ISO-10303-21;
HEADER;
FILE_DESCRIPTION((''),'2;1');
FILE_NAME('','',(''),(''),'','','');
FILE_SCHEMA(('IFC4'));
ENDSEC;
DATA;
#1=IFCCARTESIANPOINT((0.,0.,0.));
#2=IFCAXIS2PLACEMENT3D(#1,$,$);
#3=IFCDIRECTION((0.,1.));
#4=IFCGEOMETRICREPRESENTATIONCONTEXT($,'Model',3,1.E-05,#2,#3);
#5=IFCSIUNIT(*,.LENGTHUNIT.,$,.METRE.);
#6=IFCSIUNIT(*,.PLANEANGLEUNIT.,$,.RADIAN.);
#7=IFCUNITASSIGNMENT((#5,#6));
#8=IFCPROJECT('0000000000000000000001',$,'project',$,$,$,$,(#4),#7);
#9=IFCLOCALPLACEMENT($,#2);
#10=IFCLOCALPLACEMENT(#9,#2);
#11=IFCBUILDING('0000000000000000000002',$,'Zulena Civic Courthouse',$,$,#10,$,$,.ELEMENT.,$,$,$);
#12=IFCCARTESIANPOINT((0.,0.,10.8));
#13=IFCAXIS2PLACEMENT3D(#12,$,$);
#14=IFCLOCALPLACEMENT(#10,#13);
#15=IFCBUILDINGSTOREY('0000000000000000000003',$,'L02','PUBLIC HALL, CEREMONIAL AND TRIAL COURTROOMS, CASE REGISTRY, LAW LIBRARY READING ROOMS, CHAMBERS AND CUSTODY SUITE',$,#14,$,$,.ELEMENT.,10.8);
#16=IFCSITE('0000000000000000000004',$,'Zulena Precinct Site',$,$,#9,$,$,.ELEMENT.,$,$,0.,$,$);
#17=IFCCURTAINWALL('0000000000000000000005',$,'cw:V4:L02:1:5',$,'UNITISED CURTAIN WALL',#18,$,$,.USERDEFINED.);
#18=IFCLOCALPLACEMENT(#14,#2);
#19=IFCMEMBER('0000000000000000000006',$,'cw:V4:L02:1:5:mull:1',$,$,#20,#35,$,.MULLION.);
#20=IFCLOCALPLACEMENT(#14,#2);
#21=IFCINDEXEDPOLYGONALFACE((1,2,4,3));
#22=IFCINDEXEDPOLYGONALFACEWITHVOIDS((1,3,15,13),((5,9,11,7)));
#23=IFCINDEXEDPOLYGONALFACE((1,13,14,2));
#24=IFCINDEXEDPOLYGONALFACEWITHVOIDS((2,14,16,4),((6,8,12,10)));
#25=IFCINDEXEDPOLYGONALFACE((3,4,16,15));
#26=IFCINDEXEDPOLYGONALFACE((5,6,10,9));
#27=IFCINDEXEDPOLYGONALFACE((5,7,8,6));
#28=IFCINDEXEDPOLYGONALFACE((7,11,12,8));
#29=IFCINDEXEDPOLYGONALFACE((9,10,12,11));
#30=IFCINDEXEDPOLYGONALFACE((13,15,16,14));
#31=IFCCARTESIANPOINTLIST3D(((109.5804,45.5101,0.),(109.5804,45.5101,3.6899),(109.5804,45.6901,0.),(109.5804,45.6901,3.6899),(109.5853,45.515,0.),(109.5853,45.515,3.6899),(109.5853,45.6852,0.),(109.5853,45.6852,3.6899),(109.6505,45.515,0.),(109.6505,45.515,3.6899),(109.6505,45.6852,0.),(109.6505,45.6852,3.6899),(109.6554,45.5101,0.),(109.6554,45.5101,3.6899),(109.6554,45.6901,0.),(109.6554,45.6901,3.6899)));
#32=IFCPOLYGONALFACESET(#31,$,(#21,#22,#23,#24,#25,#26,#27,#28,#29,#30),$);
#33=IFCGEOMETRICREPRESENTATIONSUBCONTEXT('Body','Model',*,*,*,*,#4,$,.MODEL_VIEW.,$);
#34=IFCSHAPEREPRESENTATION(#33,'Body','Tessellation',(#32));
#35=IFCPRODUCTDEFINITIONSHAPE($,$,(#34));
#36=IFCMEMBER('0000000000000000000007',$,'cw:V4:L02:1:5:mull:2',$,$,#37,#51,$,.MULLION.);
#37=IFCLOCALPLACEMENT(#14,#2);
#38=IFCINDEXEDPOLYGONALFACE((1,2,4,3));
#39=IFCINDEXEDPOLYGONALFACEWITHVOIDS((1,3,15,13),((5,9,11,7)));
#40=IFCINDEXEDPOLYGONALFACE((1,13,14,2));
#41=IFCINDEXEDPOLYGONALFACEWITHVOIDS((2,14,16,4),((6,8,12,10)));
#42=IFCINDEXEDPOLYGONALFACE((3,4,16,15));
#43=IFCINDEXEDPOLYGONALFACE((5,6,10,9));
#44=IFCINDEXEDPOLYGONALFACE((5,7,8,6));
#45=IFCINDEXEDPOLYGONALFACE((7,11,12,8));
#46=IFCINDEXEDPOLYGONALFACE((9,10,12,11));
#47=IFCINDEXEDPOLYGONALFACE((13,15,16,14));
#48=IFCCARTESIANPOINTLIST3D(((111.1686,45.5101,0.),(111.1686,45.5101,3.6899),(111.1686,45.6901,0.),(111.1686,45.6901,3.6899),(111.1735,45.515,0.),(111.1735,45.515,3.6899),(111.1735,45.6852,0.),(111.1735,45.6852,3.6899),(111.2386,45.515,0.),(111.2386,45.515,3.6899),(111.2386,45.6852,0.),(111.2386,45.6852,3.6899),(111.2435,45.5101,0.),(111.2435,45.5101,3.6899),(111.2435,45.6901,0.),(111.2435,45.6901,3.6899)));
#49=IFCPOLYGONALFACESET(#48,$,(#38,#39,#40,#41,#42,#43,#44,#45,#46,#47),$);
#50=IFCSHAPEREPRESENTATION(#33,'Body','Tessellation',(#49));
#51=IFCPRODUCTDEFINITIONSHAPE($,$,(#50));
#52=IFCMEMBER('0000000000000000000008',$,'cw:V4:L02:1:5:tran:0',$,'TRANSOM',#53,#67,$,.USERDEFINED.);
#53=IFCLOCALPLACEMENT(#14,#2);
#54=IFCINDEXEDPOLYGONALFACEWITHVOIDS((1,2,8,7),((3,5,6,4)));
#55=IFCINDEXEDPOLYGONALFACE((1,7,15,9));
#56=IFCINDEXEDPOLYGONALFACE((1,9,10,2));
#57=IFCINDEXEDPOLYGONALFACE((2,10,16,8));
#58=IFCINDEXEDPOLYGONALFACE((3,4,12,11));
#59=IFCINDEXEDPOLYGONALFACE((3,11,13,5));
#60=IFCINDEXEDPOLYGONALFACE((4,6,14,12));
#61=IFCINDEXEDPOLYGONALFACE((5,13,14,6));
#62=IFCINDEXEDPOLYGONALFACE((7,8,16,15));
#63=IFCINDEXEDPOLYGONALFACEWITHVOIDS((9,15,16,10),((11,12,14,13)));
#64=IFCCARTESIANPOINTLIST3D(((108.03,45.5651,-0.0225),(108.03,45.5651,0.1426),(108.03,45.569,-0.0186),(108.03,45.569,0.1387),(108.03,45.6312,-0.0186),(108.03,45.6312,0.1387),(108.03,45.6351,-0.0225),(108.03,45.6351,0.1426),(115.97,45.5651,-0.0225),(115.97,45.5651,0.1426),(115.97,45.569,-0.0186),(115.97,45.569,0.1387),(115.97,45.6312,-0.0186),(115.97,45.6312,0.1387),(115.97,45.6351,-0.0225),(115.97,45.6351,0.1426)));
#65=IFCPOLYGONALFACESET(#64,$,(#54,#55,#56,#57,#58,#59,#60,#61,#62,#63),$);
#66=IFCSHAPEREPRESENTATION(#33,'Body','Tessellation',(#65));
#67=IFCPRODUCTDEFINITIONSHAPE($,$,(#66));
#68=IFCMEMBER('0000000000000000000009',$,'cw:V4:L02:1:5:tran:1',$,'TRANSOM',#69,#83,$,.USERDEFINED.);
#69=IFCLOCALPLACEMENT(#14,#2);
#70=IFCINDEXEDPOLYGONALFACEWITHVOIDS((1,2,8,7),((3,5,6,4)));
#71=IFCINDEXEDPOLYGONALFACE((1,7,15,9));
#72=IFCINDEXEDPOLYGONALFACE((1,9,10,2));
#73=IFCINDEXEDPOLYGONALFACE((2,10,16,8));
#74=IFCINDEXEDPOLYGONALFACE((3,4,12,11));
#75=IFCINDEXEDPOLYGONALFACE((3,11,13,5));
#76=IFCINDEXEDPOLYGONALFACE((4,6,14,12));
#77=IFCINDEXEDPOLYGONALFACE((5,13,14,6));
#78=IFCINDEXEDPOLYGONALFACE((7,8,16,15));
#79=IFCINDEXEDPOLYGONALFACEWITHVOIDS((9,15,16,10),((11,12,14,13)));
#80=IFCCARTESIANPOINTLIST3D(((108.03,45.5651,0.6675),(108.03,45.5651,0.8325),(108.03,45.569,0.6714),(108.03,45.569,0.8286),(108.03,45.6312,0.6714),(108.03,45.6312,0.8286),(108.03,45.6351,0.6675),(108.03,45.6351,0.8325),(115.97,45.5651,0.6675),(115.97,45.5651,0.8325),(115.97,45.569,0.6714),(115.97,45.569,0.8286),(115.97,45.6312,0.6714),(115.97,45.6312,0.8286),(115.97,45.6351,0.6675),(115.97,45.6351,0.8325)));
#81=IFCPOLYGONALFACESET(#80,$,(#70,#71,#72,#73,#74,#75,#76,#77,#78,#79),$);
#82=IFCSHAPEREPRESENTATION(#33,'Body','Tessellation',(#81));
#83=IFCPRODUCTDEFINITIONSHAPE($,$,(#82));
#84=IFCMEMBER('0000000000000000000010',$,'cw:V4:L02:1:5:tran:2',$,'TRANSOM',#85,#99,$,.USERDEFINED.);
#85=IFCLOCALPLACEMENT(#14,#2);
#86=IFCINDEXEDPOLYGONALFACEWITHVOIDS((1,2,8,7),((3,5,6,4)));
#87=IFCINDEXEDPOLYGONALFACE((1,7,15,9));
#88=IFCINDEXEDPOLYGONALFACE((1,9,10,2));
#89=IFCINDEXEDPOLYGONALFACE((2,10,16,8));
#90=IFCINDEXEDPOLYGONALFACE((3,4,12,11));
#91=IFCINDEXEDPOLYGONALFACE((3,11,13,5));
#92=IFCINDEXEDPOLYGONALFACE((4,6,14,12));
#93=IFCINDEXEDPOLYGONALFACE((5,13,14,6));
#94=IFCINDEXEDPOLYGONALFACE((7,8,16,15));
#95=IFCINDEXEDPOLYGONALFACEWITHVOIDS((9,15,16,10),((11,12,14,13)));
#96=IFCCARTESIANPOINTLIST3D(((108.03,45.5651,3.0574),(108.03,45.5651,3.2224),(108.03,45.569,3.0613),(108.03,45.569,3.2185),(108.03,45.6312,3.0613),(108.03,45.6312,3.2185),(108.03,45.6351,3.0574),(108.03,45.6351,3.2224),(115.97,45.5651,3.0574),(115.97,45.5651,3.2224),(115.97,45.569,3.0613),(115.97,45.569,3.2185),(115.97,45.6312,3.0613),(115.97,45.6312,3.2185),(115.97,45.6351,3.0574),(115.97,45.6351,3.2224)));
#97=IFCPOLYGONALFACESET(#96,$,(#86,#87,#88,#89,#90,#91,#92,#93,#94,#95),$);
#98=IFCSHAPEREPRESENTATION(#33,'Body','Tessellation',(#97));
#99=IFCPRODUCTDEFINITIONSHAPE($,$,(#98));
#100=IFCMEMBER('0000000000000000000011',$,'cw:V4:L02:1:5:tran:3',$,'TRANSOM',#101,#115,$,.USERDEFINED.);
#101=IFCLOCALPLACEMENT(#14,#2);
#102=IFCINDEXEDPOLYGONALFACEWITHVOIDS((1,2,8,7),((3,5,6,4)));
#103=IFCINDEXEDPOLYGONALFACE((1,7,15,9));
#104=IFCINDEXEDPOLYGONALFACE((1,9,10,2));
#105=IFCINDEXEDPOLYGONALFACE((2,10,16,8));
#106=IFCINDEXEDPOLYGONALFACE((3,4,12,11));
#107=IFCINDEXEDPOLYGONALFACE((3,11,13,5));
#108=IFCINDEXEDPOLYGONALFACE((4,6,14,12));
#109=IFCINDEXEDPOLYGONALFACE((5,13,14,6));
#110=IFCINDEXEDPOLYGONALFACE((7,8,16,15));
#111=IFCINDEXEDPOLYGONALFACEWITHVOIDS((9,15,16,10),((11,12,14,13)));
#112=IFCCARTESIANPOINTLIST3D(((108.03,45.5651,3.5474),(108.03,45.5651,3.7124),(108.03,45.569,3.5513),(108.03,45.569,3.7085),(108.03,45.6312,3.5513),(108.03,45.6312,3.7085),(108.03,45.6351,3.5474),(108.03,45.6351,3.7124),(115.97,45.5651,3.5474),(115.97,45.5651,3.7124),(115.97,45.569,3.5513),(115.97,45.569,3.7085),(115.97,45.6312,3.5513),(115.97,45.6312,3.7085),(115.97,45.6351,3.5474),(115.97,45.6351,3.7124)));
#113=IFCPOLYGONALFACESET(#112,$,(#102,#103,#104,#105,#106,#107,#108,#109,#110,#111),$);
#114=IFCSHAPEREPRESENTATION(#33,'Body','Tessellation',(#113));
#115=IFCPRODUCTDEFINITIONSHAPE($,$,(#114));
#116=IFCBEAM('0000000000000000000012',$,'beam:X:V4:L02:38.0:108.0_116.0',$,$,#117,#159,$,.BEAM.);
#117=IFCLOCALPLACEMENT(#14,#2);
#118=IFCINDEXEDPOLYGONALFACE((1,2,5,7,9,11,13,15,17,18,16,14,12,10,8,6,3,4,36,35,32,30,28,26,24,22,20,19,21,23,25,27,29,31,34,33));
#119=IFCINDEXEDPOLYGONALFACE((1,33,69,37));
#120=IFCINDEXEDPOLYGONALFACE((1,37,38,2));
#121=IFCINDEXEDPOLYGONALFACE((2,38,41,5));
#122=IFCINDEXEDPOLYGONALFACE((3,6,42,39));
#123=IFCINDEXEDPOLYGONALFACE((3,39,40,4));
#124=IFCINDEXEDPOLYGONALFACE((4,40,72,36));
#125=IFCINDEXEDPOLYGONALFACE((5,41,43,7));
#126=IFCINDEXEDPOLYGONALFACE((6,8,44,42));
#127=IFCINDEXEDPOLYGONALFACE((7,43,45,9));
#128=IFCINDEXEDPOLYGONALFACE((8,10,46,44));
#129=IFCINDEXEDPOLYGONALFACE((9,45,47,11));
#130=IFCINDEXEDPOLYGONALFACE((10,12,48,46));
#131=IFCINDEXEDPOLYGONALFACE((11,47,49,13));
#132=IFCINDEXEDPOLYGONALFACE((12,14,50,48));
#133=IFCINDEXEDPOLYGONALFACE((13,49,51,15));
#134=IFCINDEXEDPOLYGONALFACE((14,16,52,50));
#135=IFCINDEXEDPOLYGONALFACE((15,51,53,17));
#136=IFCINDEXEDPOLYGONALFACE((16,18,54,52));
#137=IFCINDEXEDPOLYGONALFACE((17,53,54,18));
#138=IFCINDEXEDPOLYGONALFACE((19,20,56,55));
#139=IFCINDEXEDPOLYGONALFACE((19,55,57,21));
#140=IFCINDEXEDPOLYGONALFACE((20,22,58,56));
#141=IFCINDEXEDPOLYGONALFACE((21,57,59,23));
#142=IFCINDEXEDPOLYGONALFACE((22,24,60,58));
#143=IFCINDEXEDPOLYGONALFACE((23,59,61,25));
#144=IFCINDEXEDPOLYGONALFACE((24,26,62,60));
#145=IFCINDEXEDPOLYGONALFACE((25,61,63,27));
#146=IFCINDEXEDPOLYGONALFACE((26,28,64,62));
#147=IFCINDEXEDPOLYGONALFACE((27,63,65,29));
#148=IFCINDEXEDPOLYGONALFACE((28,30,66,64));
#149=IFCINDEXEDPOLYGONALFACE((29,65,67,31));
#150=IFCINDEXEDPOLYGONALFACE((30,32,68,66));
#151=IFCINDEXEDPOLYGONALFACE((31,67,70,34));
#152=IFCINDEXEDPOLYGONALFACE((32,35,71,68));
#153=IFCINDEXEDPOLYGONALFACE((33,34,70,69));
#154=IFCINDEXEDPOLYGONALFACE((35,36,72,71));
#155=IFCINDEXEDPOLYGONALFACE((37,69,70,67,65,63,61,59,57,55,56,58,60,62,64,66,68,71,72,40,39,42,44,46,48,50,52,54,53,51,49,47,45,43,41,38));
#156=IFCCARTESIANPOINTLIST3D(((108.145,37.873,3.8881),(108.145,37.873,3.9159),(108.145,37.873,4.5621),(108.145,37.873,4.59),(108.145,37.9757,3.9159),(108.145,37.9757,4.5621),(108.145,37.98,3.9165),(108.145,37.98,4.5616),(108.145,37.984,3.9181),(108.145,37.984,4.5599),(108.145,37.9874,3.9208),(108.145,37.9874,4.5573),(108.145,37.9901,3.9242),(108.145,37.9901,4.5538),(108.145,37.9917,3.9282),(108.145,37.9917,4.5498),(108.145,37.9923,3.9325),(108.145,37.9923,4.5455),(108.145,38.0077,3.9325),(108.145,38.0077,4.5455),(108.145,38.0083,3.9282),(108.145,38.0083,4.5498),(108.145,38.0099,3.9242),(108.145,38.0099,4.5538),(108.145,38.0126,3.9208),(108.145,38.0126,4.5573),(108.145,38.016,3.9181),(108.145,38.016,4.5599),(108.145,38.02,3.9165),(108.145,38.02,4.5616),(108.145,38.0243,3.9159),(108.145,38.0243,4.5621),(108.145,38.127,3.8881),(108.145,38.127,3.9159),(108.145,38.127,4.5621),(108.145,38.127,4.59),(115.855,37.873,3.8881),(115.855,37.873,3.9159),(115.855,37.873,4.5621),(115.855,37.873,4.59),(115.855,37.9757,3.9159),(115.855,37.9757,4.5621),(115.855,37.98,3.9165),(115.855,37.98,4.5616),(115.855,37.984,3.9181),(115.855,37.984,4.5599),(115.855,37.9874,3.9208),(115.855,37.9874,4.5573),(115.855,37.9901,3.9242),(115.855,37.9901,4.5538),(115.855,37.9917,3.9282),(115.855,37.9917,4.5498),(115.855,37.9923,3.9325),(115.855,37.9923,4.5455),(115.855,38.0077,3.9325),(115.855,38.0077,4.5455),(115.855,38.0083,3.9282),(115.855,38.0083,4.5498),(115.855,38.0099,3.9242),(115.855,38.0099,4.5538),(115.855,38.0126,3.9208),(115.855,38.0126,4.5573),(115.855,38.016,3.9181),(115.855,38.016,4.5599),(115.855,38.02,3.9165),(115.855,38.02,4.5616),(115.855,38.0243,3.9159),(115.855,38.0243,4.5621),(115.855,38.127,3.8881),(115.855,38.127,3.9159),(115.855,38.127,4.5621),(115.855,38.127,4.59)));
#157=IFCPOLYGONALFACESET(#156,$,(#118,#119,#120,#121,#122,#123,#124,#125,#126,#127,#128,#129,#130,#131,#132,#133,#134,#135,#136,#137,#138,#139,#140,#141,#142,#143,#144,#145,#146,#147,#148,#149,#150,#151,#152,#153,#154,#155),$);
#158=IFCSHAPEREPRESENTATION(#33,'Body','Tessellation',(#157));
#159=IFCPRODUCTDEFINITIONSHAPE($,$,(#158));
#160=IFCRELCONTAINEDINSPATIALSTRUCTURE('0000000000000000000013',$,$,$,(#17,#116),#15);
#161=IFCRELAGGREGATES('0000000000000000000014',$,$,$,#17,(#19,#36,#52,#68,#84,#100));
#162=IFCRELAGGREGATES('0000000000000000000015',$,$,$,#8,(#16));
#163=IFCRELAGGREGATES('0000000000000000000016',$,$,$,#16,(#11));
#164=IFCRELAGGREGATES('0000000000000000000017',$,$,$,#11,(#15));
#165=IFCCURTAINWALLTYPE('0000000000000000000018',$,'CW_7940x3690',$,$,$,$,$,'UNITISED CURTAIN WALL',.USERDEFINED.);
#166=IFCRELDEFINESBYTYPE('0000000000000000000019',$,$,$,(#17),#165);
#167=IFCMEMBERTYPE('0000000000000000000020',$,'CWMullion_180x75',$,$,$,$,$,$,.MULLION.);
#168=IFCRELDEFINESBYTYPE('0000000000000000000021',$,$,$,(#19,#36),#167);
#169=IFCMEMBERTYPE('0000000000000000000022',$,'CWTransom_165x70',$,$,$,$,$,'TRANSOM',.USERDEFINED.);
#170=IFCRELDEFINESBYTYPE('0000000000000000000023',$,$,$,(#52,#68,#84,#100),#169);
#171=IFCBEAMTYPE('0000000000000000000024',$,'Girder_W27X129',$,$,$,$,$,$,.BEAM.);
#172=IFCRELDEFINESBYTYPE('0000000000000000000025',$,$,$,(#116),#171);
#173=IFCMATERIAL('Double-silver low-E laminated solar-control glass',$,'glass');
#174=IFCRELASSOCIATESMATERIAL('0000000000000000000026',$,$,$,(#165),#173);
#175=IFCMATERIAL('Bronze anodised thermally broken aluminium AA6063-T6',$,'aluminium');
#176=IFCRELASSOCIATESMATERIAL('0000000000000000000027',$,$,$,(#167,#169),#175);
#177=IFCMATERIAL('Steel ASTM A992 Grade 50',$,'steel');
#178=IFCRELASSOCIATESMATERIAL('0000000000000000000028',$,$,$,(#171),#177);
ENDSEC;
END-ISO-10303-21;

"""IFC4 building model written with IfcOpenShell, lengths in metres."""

from ifc_helpers import new_model, si_unit, direction, frame, origin, origin_2d, place, context, subcontext, project, spatial, hollow_rectangle, i_section, extrude, material, material_profile, profile_set, type_object, element, aggregate, save


model = new_model("IFC4")

# Units and contexts
model_context = context("Model", 3, precision=1e-05, world=origin(), true_north=direction((0.0, 1.0)))
body_context = subcontext(model_context, "Body", "Model", "MODEL_VIEW")
ifc_project = project(units=[si_unit("LENGTHUNIT", "METRE"), si_unit("PLANEANGLEUNIT", "RADIAN")], contexts=[model_context])

# Site, building, storey
site_placement = place(None, origin())
site = spatial("IfcSite", under=ifc_project, at=site_placement, Name="Zulena Precinct Site", CompositionType="ELEMENT", RefElevation=0.0)
building_placement = place(site_placement, origin())
building = spatial("IfcBuilding", under=site, at=building_placement, Name="Zulena Civic Courthouse", CompositionType="ELEMENT")
storey_placement = place(building_placement, frame((0.0, 0.0, 10.8)))
storey = spatial("IfcBuildingStorey", under=building, at=storey_placement, Name="L02", Description="PUBLIC HALL, CEREMONIAL AND TRIAL COURTROOMS, CASE REGISTRY, LAW LIBRARY READING ROOMS, CHAMBERS AND CUSTODY SUITE", CompositionType="ELEMENT", Elevation=10.8)

# Shared definitions
ifc_material_1 = material(Name="Steel ASTM A992 Grade 50", Category="steel")

# Curtain wall, members
ifc_material_2 = material(Name="Double-silver low-E laminated solar-control glass", Category="glass")
curtain_wall_type = type_object("IfcCurtainWallType", Name="CW_7940x3690", ElementType="UNITISED CURTAIN WALL", PredefinedType="USERDEFINED", material=ifc_material_2)
ifc_material_3 = material(Name="Bronze anodised thermally broken aluminium AA6063-T6", Category="aluminium")
ifc_material_profile_1 = material_profile(ifc_material_3, hollow_rectangle(XDim=0.075, YDim=0.1799, WallThickness=0.0049, at=origin_2d()), Name="CWM180X75X5")
ifc_profile_set_1 = profile_set([ifc_material_profile_1], Name="Bronze anodised thermally broken aluminium AA6063-T6")
member_type_1 = type_object("IfcMemberType", Name="CWMullion_180x75", PredefinedType="MULLION", material=ifc_profile_set_1)
curtain_wall_1_placement = place(storey_placement, origin())
curtain_wall_1 = element("IfcCurtainWall", 1, at=curtain_wall_1_placement, inside=storey, type_object=curtain_wall_type, Name="cw:V4:L02:1:5", ObjectType="UNITISED CURTAIN WALL", PredefinedType="USERDEFINED")
member_1_placement = place(storey_placement, frame((109.6179, 45.6001, 0.0), z_axis=(0.0, 0.0, 1.0), x_axis=(1.0, 0.0, 0.0)))
member_1 = element("IfcMember", 2, at=member_1_placement, type_object=member_type_1, Name="cw:V4:L02:1:5:mull:1", PredefinedType="MULLION", context=body_context, shape_type="SweptSolid", body=[
    extrude(hollow_rectangle(XDim=0.075, YDim=0.1799, WallThickness=0.0049, at=origin_2d()), origin(), (0.0, 0.0, 1.0), 3.6899),
])
member_2_placement = place(storey_placement, frame((111.2061, 45.6001, 0.0), z_axis=(0.0, 0.0, 1.0), x_axis=(1.0, 0.0, 0.0)))
member_2 = element("IfcMember", 3, at=member_2_placement, type_object=member_type_1, Name="cw:V4:L02:1:5:mull:2", PredefinedType="MULLION", context=body_context, shape_type="SweptSolid", body=[
    extrude(hollow_rectangle(XDim=0.075, YDim=0.1799, WallThickness=0.0049, at=origin_2d()), origin(), (0.0, 0.0, 1.0), 3.6899),
])
ifc_material_profile_2 = material_profile(ifc_material_3, hollow_rectangle(XDim=0.0701, YDim=0.165, WallThickness=0.0039, at=origin_2d()), Name="CWT165X70X4")
ifc_profile_set_2 = profile_set([ifc_material_profile_2], Name="Bronze anodised thermally broken aluminium AA6063-T6")
member_type_2 = type_object("IfcMemberType", Name="CWTransom_165x70", ElementType="TRANSOM", PredefinedType="USERDEFINED", material=ifc_profile_set_2)
member_3_placement = place(storey_placement, frame((108.03, 45.6001, 0.0601), z_axis=(1.0, 0.0, 0.0), x_axis=(0.0, 1.0, 0.0)))
member_3 = element("IfcMember", 4, at=member_3_placement, type_object=member_type_2, Name="cw:V4:L02:1:5:tran:0", ObjectType="TRANSOM", PredefinedType="USERDEFINED", context=body_context, shape_type="SweptSolid", body=[
    extrude(hollow_rectangle(XDim=0.0701, YDim=0.165, WallThickness=0.0039, at=origin_2d()), origin(), (0.0, 0.0, 1.0), 7.9399),
])
member_4_placement = place(storey_placement, frame((108.03, 45.6001, 0.75), z_axis=(1.0, 0.0, 0.0), x_axis=(0.0, 1.0, 0.0)))
member_4 = element("IfcMember", 5, at=member_4_placement, type_object=member_type_2, Name="cw:V4:L02:1:5:tran:1", ObjectType="TRANSOM", PredefinedType="USERDEFINED", context=body_context, shape_type="SweptSolid", body=[
    extrude(hollow_rectangle(XDim=0.0701, YDim=0.165, WallThickness=0.0039, at=origin_2d()), origin(), (0.0, 0.0, 1.0), 7.9399),
])
member_5_placement = place(storey_placement, frame((108.03, 45.6001, 3.1399), z_axis=(1.0, 0.0, 0.0), x_axis=(0.0, 1.0, 0.0)))
member_5 = element("IfcMember", 6, at=member_5_placement, type_object=member_type_2, Name="cw:V4:L02:1:5:tran:2", ObjectType="TRANSOM", PredefinedType="USERDEFINED", context=body_context, shape_type="SweptSolid", body=[
    extrude(hollow_rectangle(XDim=0.0701, YDim=0.165, WallThickness=0.0039, at=origin_2d()), origin(), (0.0, 0.0, 1.0), 7.9399),
])
member_6_placement = place(storey_placement, frame((108.03, 45.6001, 3.6299), z_axis=(1.0, 0.0, 0.0), x_axis=(0.0, 1.0, 0.0)))
member_6 = element("IfcMember", 7, at=member_6_placement, type_object=member_type_2, Name="cw:V4:L02:1:5:tran:3", ObjectType="TRANSOM", PredefinedType="USERDEFINED", context=body_context, shape_type="SweptSolid", body=[
    extrude(hollow_rectangle(XDim=0.0701, YDim=0.165, WallThickness=0.0039, at=origin_2d()), origin(), (0.0, 0.0, 1.0), 7.9399),
])

# Beam
ifc_material_profile_3 = material_profile(ifc_material_1, i_section(OverallWidth=0.2539, OverallDepth=0.7019, WebThickness=0.0154, FlangeThickness=0.0278, FilletRadius=0.0166, at=origin_2d()), Name="W27X129")
ifc_profile_set_3 = profile_set([ifc_material_profile_3], Name="Steel ASTM A992 Grade 50")
beam_type_1 = type_object("IfcBeamType", Name="Girder_W27X129", PredefinedType="BEAM", material=ifc_profile_set_3)
beam_1_placement = place(storey_placement, frame((108.145, 38.0, 4.239), z_axis=(1.0, 0.0, 0.0), x_axis=(0.0, 1.0, 0.0)))
element("IfcBeam", 8, at=beam_1_placement, inside=storey, type_object=beam_type_1, Name="beam:X:V4:L02:38.0:108.0_116.0", PredefinedType="BEAM", context=body_context, shape_type="SweptSolid", body=[
    extrude(i_section(OverallWidth=0.2539, OverallDepth=0.7019, WebThickness=0.0154, FlangeThickness=0.0278, FilletRadius=0.0166, at=origin_2d()), origin(), (0.0, 0.0, 1.0), 7.71),
])

aggregate(curtain_wall_1, [member_1, member_2, member_3, member_4, member_5, member_6])

save(model, "model.ifc")
